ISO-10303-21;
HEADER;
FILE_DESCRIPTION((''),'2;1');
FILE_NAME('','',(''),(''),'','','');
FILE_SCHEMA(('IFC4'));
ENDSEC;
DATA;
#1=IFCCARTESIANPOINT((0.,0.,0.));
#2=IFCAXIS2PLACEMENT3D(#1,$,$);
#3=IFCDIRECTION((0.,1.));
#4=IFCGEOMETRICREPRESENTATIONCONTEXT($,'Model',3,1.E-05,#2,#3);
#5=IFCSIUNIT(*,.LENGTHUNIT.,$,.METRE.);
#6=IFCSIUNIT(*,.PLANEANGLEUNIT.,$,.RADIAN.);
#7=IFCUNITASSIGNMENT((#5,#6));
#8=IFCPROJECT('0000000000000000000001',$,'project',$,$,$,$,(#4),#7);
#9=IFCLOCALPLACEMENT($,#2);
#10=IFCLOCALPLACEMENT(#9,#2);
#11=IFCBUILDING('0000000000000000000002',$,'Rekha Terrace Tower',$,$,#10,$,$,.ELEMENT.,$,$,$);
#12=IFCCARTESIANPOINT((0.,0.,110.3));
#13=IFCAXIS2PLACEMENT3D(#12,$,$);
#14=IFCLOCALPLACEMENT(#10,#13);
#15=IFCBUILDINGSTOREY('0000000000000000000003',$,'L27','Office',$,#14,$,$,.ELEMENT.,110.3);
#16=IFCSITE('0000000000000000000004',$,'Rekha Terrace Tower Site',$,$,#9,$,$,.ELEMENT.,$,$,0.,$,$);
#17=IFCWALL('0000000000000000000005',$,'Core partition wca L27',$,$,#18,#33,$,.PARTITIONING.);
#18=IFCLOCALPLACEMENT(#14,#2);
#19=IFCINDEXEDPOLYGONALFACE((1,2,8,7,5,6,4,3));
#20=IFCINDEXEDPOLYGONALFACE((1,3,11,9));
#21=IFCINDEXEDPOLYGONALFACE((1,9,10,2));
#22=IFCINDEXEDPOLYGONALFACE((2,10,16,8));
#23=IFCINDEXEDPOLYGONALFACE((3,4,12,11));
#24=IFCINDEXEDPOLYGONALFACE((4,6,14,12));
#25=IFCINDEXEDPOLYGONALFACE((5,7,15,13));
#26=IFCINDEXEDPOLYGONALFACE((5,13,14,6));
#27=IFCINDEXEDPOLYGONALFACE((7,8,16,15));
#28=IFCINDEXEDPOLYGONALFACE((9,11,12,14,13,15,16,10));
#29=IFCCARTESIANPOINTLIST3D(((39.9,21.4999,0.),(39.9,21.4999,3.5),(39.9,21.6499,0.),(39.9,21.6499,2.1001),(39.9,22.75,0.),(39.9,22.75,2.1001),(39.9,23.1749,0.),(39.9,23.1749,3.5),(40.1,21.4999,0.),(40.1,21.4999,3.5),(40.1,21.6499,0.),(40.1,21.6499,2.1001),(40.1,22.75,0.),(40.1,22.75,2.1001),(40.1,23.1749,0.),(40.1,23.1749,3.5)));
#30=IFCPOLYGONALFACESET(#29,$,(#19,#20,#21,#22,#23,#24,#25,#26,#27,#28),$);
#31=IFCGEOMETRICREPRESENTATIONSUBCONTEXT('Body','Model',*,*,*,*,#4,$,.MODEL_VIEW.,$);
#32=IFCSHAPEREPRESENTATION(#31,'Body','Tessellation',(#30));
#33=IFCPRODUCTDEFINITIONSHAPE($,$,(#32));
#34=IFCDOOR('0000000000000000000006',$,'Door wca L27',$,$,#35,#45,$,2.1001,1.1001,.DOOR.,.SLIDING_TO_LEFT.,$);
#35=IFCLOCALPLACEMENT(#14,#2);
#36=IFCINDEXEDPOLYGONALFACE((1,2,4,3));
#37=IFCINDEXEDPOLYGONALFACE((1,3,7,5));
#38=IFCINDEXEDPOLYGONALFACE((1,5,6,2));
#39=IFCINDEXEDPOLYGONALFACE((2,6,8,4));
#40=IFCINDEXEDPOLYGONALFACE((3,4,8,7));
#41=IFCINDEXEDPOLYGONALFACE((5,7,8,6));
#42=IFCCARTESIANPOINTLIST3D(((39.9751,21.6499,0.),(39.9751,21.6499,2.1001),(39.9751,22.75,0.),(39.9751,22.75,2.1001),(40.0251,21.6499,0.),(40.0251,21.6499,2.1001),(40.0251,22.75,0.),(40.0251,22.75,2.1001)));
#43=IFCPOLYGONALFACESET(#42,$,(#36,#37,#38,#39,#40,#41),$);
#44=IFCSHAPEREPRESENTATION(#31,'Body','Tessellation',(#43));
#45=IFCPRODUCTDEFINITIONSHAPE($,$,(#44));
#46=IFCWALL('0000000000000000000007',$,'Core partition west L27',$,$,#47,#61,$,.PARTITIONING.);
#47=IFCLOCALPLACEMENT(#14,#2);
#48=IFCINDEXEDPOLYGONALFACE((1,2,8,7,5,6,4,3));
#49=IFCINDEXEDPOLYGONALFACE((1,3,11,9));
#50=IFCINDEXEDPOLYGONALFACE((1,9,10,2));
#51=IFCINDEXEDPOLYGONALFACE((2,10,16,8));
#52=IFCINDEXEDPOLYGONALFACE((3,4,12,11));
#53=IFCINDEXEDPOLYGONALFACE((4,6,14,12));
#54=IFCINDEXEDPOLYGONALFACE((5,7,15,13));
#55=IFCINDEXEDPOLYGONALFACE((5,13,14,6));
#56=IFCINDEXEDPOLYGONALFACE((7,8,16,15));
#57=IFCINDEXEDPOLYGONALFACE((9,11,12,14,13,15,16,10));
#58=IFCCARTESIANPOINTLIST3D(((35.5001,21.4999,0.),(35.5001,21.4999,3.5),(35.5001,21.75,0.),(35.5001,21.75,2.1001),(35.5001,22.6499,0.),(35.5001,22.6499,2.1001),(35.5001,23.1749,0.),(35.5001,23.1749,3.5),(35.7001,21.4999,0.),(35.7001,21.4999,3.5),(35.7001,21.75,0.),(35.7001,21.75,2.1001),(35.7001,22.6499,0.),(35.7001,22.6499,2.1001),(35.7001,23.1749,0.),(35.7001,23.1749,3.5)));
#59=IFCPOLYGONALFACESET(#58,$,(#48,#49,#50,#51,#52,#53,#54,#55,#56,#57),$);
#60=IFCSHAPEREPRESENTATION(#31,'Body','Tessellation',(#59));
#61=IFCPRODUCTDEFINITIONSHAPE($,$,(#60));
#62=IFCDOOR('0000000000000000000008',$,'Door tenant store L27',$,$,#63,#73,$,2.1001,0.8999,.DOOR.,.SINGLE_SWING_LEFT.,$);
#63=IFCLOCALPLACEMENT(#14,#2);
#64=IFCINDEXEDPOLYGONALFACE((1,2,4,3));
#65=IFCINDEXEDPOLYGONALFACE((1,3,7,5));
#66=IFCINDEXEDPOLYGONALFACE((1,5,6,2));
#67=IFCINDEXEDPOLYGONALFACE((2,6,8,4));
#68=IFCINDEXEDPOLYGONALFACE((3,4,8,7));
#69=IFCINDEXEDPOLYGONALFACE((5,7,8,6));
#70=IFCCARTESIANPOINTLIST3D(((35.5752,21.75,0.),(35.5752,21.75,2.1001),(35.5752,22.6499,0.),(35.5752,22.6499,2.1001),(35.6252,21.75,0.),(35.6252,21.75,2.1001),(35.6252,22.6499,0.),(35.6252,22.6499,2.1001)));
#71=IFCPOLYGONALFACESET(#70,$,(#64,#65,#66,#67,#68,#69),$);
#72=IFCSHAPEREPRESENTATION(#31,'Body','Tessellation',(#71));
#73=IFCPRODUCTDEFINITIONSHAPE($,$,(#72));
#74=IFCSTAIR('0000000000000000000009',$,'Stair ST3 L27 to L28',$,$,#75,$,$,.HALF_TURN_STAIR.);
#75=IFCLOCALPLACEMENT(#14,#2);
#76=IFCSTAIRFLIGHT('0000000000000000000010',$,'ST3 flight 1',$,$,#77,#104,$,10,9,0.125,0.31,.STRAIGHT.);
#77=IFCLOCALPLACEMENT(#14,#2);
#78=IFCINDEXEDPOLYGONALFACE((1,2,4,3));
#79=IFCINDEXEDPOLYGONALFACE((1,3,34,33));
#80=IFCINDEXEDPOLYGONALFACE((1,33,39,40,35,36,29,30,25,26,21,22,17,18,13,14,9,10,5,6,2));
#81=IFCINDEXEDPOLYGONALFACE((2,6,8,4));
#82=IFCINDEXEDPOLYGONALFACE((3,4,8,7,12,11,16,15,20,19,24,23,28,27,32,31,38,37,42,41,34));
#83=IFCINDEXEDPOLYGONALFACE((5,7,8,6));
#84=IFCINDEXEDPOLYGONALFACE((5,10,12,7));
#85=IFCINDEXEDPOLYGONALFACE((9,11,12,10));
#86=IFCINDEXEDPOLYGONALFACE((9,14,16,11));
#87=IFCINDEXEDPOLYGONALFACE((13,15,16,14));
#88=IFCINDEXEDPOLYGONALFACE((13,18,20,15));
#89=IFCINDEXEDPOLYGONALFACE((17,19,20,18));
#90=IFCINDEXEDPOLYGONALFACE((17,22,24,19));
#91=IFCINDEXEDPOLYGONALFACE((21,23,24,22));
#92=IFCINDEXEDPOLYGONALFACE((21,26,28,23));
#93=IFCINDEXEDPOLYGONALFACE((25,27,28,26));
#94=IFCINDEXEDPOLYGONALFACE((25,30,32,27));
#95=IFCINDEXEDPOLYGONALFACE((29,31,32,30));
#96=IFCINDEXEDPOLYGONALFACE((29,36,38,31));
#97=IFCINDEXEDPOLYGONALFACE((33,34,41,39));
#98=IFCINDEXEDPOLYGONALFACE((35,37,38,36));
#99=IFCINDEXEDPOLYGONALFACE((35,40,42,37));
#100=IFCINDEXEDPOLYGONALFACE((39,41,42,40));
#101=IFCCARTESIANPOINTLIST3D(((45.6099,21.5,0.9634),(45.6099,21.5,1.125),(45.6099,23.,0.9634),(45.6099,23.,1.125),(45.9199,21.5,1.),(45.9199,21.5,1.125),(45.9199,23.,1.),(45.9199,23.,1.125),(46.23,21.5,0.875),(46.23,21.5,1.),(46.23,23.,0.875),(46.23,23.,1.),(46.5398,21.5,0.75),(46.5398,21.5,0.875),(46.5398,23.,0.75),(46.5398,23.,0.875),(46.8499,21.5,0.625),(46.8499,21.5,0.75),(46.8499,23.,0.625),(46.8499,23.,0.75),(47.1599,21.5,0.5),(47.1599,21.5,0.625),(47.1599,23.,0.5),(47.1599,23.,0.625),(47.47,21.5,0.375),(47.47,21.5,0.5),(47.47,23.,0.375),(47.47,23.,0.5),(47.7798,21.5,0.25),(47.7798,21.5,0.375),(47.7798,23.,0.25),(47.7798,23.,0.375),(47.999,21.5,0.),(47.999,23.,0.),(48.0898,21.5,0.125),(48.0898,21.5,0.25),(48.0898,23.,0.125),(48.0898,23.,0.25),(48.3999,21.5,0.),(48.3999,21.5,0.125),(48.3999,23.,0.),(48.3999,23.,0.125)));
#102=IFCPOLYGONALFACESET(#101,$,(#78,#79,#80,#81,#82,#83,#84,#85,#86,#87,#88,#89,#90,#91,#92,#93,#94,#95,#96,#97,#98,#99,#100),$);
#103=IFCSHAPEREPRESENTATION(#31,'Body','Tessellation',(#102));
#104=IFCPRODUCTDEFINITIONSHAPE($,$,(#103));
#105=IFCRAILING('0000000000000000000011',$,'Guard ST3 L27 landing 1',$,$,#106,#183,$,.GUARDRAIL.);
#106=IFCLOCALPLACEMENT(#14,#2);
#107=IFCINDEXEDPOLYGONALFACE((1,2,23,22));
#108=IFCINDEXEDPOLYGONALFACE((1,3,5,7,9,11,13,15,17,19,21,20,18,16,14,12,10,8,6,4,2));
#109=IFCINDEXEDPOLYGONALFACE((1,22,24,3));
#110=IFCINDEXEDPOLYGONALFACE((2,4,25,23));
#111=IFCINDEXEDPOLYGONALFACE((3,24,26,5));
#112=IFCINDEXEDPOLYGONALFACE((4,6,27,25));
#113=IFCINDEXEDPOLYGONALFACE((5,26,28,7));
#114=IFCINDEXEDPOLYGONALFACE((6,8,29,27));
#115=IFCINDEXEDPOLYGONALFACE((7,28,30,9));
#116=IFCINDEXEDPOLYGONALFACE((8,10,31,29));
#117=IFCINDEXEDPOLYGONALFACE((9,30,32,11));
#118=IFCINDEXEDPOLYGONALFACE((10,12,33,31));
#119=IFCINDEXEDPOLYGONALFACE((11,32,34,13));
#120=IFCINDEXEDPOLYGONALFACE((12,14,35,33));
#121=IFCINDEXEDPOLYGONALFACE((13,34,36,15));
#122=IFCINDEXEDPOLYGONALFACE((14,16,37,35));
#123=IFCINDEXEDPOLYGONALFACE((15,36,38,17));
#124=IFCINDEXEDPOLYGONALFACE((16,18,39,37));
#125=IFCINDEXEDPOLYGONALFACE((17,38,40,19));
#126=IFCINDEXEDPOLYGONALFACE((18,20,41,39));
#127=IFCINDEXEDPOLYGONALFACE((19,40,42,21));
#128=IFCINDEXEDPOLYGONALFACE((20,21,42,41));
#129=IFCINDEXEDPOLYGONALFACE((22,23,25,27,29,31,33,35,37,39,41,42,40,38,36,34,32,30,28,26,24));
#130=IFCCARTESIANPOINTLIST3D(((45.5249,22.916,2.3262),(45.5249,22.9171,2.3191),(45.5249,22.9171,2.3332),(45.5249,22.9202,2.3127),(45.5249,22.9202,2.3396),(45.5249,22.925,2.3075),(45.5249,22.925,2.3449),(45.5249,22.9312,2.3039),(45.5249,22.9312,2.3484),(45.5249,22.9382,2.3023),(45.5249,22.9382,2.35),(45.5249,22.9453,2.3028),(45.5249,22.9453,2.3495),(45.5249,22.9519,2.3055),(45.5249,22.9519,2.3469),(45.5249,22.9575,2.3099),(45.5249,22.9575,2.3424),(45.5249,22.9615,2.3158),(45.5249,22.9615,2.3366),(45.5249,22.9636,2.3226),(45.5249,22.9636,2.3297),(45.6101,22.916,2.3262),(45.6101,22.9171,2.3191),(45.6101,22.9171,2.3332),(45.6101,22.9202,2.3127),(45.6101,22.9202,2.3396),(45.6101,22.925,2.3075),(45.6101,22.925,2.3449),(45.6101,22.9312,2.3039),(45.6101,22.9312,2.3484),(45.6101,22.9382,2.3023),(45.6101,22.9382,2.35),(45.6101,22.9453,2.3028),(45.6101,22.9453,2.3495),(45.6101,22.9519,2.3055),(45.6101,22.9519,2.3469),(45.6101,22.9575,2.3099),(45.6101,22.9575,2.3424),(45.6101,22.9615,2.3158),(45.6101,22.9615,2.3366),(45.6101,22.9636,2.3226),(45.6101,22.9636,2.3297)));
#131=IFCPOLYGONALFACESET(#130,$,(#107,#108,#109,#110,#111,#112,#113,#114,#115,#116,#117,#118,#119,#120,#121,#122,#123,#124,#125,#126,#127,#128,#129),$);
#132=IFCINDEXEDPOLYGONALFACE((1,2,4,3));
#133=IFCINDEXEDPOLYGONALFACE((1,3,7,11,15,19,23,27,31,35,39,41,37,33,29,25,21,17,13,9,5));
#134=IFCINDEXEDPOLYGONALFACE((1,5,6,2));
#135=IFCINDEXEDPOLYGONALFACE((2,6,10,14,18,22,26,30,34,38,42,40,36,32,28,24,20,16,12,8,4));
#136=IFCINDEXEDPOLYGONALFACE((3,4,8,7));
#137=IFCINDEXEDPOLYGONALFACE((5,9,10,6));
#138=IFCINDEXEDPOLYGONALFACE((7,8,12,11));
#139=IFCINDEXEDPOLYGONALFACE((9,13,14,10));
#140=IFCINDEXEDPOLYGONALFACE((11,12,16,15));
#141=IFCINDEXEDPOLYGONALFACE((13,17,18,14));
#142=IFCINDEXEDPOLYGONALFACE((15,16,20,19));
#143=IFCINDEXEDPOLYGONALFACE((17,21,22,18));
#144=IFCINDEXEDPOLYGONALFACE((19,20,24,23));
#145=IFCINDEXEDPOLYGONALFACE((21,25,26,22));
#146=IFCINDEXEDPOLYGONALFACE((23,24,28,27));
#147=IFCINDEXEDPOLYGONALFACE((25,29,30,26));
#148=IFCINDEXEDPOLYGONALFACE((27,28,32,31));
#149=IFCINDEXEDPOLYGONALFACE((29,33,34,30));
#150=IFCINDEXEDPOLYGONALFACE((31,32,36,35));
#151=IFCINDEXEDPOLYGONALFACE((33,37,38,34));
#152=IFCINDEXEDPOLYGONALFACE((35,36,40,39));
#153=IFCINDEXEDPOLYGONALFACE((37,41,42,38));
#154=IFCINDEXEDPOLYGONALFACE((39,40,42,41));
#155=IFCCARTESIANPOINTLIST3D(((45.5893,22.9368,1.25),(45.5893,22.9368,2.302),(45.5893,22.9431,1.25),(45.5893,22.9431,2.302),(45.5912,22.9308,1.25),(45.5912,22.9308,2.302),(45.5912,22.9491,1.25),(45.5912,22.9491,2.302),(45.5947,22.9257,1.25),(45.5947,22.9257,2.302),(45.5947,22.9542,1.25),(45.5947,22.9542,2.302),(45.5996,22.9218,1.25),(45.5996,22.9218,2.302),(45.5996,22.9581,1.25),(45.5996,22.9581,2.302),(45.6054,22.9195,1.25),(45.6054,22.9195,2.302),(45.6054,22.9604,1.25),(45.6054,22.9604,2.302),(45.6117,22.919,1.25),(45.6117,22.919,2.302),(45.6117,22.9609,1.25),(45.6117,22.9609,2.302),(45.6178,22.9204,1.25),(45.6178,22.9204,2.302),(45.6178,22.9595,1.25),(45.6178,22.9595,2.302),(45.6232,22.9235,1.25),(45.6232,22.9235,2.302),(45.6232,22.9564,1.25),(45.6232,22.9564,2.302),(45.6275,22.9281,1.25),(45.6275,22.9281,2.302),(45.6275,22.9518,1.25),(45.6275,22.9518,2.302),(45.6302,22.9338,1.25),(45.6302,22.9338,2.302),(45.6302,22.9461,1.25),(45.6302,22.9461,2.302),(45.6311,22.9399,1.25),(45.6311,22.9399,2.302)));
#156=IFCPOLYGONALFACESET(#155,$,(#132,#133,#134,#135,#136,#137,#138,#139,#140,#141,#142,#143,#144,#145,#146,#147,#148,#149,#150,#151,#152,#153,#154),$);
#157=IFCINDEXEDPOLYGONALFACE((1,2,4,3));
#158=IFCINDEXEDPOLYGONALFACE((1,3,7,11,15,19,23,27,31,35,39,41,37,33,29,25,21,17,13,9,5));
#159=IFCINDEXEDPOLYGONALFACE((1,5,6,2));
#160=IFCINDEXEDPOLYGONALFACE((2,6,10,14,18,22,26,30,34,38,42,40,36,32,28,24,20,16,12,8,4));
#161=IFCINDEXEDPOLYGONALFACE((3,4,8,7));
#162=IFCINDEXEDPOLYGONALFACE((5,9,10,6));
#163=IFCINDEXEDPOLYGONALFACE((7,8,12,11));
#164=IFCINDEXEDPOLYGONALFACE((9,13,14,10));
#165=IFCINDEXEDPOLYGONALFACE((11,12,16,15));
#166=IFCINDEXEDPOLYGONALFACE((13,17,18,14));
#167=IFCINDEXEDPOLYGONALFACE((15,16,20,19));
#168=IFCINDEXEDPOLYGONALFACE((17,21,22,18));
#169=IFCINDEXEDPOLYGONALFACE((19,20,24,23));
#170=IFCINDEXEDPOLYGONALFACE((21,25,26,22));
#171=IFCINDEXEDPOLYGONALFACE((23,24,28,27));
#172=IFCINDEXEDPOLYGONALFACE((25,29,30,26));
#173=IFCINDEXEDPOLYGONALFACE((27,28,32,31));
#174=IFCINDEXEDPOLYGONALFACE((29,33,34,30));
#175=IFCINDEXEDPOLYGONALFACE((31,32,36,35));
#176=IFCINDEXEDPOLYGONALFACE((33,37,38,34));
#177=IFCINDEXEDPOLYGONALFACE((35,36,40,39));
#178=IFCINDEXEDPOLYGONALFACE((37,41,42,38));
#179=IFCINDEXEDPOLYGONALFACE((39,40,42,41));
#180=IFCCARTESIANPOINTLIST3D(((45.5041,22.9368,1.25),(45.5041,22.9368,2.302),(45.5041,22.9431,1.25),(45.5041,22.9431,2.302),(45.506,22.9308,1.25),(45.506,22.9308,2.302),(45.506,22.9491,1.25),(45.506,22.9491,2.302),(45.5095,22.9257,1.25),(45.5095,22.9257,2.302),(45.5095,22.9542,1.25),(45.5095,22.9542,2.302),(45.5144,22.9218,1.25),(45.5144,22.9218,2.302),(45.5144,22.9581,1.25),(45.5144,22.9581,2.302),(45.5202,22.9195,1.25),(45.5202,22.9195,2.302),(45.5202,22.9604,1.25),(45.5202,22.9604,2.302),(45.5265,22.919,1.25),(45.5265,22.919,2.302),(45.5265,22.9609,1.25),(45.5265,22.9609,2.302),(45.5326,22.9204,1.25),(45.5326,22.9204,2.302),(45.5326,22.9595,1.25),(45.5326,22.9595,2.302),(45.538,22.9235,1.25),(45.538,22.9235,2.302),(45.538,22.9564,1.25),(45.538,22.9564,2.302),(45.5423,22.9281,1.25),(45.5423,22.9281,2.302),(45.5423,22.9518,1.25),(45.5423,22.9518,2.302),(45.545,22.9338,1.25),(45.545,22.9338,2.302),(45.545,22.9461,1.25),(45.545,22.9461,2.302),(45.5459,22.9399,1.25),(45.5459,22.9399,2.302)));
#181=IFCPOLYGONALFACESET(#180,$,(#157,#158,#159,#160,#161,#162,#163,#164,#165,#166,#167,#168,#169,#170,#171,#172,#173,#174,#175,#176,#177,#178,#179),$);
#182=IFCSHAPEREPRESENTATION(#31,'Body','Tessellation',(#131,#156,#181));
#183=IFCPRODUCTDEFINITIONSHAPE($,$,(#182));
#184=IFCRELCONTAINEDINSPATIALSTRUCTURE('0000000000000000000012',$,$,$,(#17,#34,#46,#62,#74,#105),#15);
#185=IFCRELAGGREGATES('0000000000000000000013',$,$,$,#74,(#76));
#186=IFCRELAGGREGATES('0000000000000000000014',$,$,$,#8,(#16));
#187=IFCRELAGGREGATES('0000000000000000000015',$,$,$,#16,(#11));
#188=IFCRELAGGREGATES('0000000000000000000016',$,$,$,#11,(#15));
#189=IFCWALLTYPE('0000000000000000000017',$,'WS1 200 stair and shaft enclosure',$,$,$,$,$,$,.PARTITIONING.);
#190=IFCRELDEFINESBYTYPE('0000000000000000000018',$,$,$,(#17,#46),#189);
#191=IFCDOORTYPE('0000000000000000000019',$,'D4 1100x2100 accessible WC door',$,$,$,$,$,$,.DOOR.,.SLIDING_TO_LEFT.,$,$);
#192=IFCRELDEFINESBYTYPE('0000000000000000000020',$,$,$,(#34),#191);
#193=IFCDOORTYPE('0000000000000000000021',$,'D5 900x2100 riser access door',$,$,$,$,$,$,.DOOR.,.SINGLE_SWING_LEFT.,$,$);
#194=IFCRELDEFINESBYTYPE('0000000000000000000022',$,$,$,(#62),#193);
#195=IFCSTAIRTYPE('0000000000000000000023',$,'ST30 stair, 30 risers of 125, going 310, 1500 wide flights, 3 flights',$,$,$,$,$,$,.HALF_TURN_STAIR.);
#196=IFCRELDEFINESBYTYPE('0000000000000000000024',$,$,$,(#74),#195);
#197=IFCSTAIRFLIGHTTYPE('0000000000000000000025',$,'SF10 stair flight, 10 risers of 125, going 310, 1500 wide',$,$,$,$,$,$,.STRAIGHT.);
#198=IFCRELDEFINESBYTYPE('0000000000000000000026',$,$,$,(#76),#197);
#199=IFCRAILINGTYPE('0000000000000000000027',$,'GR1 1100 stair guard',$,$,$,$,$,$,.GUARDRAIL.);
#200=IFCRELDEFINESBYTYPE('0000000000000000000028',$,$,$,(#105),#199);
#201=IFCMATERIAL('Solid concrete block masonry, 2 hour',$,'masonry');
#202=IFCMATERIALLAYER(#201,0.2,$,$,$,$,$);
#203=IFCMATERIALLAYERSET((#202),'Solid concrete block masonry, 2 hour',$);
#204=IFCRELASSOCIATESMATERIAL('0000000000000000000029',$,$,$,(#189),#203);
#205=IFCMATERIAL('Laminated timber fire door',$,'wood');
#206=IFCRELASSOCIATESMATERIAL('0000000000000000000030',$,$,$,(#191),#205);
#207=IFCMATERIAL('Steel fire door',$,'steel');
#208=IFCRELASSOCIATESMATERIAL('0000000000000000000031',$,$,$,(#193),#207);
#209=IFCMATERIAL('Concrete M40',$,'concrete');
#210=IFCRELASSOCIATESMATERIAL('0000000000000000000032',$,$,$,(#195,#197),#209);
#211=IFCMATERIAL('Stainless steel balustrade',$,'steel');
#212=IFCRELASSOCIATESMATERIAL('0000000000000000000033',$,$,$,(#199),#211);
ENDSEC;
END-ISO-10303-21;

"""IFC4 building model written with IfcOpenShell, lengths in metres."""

from ifc_helpers import new_model, si_unit, direction, frame, frame_2d, origin, origin_2d, place, context, subcontext, project, spatial, polyline, rectangle, circle, outline, extrude, material, layer, layer_set, type_object, element, fill, aggregate, save


model = new_model("IFC4")

# Units and contexts
model_context = context("Model", 3, precision=1e-05, world=origin(), true_north=direction((0.0, 1.0)))
body_context = subcontext(model_context, "Body", "Model", "MODEL_VIEW")
ifc_project = project(units=[si_unit("LENGTHUNIT", "METRE"), si_unit("PLANEANGLEUNIT", "RADIAN")], contexts=[model_context])

# Site, building, storey
site_placement = place(None, origin())
site = spatial("IfcSite", under=ifc_project, at=site_placement, Name="Rekha Terrace Tower Site", CompositionType="ELEMENT", RefElevation=0.0)
building_placement = place(site_placement, origin())
building = spatial("IfcBuilding", under=site, at=building_placement, Name="Rekha Terrace Tower", CompositionType="ELEMENT")
storey_placement = place(building_placement, frame((0.0, 0.0, 110.3)))
storey = spatial("IfcBuildingStorey", under=building, at=storey_placement, Name="L27", Description="Office", CompositionType="ELEMENT", Elevation=110.3)

# Walls, openings, doors
ifc_material_1 = material(Name="Solid concrete block masonry, 2 hour", Category="masonry")
ifc_layer_1 = layer(ifc_material_1, 0.2)
ifc_layer_set_1 = layer_set([ifc_layer_1], Name="Solid concrete block masonry, 2 hour")
wall_type_1 = type_object("IfcWallType", Name="WS1 200 stair and shaft enclosure", PredefinedType="PARTITIONING", material=ifc_layer_set_1)
wall_1_placement = place(storey_placement, frame((40.0, 21.5, 0.0), z_axis=(0.0, 0.0, 1.0), x_axis=(0.0, 1.0, 0.0)))
wall_1 = element("IfcWall", 1, at=wall_1_placement, inside=storey, type_object=wall_type_1, Name="Core partition wca L27", PredefinedType="PARTITIONING", context=body_context, shape_type="SweptSolid", body=[
    extrude(rectangle(XDim=1.675, YDim=0.2, at=frame_2d((0.8374, 0.0))), origin(), (0.0, 0.0, 1.0), 3.5),
])
opening_1_placement = place(wall_1_placement, frame((0.1499, 0.0, 0.0)))
opening_1 = element("IfcOpeningElement", 2, at=opening_1_placement, cuts=wall_1, PredefinedType="OPENING", context=body_context, shape_type="SweptSolid", body=[
    extrude(rectangle(XDim=1.1001, YDim=2.1001, at=frame_2d((0.55, 1.05))), frame((0.0, 0.1099, 0.0), z_axis=(0.0, -1.0, 0.0), x_axis=(1.0, 0.0, 0.0)), (0.0, 0.0, 1.0), 0.22),
])
ifc_material_2 = material(Name="Laminated timber fire door", Category="wood")
door_type_1 = type_object("IfcDoorType", Name="D4 1100x2100 accessible WC door", OperationType="SLIDING_TO_LEFT", PredefinedType="DOOR", material=ifc_material_2)
door_1_placement = place(opening_1_placement, origin())
door_1 = element("IfcDoor", 3, at=door_1_placement, inside=storey, type_object=door_type_1, Name="Door wca L27", OperationType="SLIDING_TO_LEFT", OverallHeight=2.1001, OverallWidth=1.1001, PredefinedType="DOOR", context=body_context, shape_type="SweptSolid", body=[
    extrude(rectangle(XDim=1.1001, YDim=2.1001, at=frame_2d((0.55, 1.05))), frame((0.0, 0.0249, 0.0), z_axis=(0.0, -1.0, 0.0), x_axis=(1.0, 0.0, 0.0)), (0.0, 0.0, 1.0), 0.05),
])
fill(opening_1, door_1)
wall_2_placement = place(storey_placement, frame((35.6001, 21.5, 0.0), z_axis=(0.0, 0.0, 1.0), x_axis=(0.0, 1.0, 0.0)))
wall_2 = element("IfcWall", 4, at=wall_2_placement, inside=storey, type_object=wall_type_1, Name="Core partition west L27", PredefinedType="PARTITIONING", context=body_context, shape_type="SweptSolid", body=[
    extrude(rectangle(XDim=1.675, YDim=0.2, at=frame_2d((0.8374, 0.0))), origin(), (0.0, 0.0, 1.0), 3.5),
])
opening_2_placement = place(wall_2_placement, frame((0.25, 0.0, 0.0)))
opening_2 = element("IfcOpeningElement", 5, at=opening_2_placement, cuts=wall_2, PredefinedType="OPENING", context=body_context, shape_type="SweptSolid", body=[
    extrude(rectangle(XDim=0.8999, YDim=2.1001, at=frame_2d((0.45, 1.05))), frame((0.0, 0.1099, 0.0), z_axis=(0.0, -1.0, 0.0), x_axis=(1.0, 0.0, 0.0)), (0.0, 0.0, 1.0), 0.22),
])
ifc_material_3 = material(Name="Steel fire door", Category="steel")
door_type_2 = type_object("IfcDoorType", Name="D5 900x2100 riser access door", OperationType="SINGLE_SWING_LEFT", PredefinedType="DOOR", material=ifc_material_3)
door_2_placement = place(opening_2_placement, origin())
door_2 = element("IfcDoor", 6, at=door_2_placement, inside=storey, type_object=door_type_2, Name="Door tenant store L27", OperationType="SINGLE_SWING_LEFT", OverallHeight=2.1001, OverallWidth=0.8999, PredefinedType="DOOR", context=body_context, shape_type="SweptSolid", body=[
    extrude(rectangle(XDim=0.8999, YDim=2.1001, at=frame_2d((0.45, 1.05))), frame((0.0, 0.0249, 0.0), z_axis=(0.0, -1.0, 0.0), x_axis=(1.0, 0.0, 0.0)), (0.0, 0.0, 1.0), 0.05),
])
fill(opening_2, door_2)

# Stair, stair flight
ifc_material_4 = material(Name="Concrete M40", Category="concrete")
stair_type = type_object("IfcStairType", Name="ST30 stair, 30 risers of 125, going 310, 1500 wide flights, 3 flights", PredefinedType="HALF_TURN_STAIR", material=ifc_material_4)
stair_placement = place(storey_placement, origin())
stair = element("IfcStair", 7, at=stair_placement, inside=storey, type_object=stair_type, Name="Stair ST3 L27 to L28", PredefinedType="HALF_TURN_STAIR")
stair_flight_type = type_object("IfcStairFlightType", Name="SF10 stair flight, 10 risers of 125, going 310, 1500 wide", PredefinedType="STRAIGHT", material=ifc_material_4)
stair_flight_placement = place(storey_placement, frame((48.3999, 22.25, 0.0), z_axis=(0.0, 0.0, 1.0), x_axis=(-1.0, 0.0, 0.0)))
stair_flight = element("IfcStairFlight", 8, at=stair_flight_placement, type_object=stair_flight_type, Name="ST3 flight 1", NumberOfRisers=10, NumberOfTreads=9, PredefinedType="STRAIGHT", RiserHeight=0.125, TreadLength=0.31, context=body_context, shape_type="SweptSolid", body=[
    extrude(outline(polyline([(0.0, 0.0), (0.0, 0.125), (0.3101, 0.125), (0.3101, 0.25), (0.6201, 0.25), (0.6201, 0.375), (0.9299, 0.375), (0.9299, 0.5), (1.24, 0.5), (1.24, 0.625), (1.55, 0.625), (1.55, 0.75), (1.8601, 0.75), (1.8601, 0.875), (2.1699, 0.875), (2.1699, 1.0), (2.48, 1.0), (2.48, 1.125), (2.79, 1.125), (2.79, 1.25), (2.79, 0.9634), (0.4009, 0.0), (0.0, 0.0)])), frame((0.0, 0.75, 0.0), z_axis=(0.0, -1.0, 0.0), x_axis=(1.0, 0.0, 0.0)), (0.0, 0.0, 1.0), 1.5),
])
aggregate(stair, [stair_flight])

# Railing
ifc_material_5 = material(Name="Stainless steel balustrade", Category="steel")
railing_type_1 = type_object("IfcRailingType", Name="GR1 1100 stair guard", PredefinedType="GUARDRAIL", material=ifc_material_5)
railing_1_placement = place(storey_placement, frame((45.6101, 22.9399, 1.25)))
element("IfcRailing", 9, at=railing_1_placement, inside=storey, type_object=railing_type_1, Name="Guard ST3 L27 landing 1", PredefinedType="GUARDRAIL", context=body_context, shape_type="SweptSolid", body=[
    extrude(circle(Radius=0.0239, at=origin_2d()), frame((0.0, 0.0, 1.0762), z_axis=(-1.0, 0.0, 0.0), x_axis=(0.0, -1.0, 0.0)), (0.0, 0.0, 1.0), 0.0852),
    extrude(circle(Radius=0.021, at=origin_2d()), origin(), (0.0, 0.0, 1.0), 1.052),
    extrude(circle(Radius=0.021, at=origin_2d()), frame((-0.0852, 0.0, 0.0)), (0.0, 0.0, 1.0), 1.052),
])

save(model, "model.ifc")
